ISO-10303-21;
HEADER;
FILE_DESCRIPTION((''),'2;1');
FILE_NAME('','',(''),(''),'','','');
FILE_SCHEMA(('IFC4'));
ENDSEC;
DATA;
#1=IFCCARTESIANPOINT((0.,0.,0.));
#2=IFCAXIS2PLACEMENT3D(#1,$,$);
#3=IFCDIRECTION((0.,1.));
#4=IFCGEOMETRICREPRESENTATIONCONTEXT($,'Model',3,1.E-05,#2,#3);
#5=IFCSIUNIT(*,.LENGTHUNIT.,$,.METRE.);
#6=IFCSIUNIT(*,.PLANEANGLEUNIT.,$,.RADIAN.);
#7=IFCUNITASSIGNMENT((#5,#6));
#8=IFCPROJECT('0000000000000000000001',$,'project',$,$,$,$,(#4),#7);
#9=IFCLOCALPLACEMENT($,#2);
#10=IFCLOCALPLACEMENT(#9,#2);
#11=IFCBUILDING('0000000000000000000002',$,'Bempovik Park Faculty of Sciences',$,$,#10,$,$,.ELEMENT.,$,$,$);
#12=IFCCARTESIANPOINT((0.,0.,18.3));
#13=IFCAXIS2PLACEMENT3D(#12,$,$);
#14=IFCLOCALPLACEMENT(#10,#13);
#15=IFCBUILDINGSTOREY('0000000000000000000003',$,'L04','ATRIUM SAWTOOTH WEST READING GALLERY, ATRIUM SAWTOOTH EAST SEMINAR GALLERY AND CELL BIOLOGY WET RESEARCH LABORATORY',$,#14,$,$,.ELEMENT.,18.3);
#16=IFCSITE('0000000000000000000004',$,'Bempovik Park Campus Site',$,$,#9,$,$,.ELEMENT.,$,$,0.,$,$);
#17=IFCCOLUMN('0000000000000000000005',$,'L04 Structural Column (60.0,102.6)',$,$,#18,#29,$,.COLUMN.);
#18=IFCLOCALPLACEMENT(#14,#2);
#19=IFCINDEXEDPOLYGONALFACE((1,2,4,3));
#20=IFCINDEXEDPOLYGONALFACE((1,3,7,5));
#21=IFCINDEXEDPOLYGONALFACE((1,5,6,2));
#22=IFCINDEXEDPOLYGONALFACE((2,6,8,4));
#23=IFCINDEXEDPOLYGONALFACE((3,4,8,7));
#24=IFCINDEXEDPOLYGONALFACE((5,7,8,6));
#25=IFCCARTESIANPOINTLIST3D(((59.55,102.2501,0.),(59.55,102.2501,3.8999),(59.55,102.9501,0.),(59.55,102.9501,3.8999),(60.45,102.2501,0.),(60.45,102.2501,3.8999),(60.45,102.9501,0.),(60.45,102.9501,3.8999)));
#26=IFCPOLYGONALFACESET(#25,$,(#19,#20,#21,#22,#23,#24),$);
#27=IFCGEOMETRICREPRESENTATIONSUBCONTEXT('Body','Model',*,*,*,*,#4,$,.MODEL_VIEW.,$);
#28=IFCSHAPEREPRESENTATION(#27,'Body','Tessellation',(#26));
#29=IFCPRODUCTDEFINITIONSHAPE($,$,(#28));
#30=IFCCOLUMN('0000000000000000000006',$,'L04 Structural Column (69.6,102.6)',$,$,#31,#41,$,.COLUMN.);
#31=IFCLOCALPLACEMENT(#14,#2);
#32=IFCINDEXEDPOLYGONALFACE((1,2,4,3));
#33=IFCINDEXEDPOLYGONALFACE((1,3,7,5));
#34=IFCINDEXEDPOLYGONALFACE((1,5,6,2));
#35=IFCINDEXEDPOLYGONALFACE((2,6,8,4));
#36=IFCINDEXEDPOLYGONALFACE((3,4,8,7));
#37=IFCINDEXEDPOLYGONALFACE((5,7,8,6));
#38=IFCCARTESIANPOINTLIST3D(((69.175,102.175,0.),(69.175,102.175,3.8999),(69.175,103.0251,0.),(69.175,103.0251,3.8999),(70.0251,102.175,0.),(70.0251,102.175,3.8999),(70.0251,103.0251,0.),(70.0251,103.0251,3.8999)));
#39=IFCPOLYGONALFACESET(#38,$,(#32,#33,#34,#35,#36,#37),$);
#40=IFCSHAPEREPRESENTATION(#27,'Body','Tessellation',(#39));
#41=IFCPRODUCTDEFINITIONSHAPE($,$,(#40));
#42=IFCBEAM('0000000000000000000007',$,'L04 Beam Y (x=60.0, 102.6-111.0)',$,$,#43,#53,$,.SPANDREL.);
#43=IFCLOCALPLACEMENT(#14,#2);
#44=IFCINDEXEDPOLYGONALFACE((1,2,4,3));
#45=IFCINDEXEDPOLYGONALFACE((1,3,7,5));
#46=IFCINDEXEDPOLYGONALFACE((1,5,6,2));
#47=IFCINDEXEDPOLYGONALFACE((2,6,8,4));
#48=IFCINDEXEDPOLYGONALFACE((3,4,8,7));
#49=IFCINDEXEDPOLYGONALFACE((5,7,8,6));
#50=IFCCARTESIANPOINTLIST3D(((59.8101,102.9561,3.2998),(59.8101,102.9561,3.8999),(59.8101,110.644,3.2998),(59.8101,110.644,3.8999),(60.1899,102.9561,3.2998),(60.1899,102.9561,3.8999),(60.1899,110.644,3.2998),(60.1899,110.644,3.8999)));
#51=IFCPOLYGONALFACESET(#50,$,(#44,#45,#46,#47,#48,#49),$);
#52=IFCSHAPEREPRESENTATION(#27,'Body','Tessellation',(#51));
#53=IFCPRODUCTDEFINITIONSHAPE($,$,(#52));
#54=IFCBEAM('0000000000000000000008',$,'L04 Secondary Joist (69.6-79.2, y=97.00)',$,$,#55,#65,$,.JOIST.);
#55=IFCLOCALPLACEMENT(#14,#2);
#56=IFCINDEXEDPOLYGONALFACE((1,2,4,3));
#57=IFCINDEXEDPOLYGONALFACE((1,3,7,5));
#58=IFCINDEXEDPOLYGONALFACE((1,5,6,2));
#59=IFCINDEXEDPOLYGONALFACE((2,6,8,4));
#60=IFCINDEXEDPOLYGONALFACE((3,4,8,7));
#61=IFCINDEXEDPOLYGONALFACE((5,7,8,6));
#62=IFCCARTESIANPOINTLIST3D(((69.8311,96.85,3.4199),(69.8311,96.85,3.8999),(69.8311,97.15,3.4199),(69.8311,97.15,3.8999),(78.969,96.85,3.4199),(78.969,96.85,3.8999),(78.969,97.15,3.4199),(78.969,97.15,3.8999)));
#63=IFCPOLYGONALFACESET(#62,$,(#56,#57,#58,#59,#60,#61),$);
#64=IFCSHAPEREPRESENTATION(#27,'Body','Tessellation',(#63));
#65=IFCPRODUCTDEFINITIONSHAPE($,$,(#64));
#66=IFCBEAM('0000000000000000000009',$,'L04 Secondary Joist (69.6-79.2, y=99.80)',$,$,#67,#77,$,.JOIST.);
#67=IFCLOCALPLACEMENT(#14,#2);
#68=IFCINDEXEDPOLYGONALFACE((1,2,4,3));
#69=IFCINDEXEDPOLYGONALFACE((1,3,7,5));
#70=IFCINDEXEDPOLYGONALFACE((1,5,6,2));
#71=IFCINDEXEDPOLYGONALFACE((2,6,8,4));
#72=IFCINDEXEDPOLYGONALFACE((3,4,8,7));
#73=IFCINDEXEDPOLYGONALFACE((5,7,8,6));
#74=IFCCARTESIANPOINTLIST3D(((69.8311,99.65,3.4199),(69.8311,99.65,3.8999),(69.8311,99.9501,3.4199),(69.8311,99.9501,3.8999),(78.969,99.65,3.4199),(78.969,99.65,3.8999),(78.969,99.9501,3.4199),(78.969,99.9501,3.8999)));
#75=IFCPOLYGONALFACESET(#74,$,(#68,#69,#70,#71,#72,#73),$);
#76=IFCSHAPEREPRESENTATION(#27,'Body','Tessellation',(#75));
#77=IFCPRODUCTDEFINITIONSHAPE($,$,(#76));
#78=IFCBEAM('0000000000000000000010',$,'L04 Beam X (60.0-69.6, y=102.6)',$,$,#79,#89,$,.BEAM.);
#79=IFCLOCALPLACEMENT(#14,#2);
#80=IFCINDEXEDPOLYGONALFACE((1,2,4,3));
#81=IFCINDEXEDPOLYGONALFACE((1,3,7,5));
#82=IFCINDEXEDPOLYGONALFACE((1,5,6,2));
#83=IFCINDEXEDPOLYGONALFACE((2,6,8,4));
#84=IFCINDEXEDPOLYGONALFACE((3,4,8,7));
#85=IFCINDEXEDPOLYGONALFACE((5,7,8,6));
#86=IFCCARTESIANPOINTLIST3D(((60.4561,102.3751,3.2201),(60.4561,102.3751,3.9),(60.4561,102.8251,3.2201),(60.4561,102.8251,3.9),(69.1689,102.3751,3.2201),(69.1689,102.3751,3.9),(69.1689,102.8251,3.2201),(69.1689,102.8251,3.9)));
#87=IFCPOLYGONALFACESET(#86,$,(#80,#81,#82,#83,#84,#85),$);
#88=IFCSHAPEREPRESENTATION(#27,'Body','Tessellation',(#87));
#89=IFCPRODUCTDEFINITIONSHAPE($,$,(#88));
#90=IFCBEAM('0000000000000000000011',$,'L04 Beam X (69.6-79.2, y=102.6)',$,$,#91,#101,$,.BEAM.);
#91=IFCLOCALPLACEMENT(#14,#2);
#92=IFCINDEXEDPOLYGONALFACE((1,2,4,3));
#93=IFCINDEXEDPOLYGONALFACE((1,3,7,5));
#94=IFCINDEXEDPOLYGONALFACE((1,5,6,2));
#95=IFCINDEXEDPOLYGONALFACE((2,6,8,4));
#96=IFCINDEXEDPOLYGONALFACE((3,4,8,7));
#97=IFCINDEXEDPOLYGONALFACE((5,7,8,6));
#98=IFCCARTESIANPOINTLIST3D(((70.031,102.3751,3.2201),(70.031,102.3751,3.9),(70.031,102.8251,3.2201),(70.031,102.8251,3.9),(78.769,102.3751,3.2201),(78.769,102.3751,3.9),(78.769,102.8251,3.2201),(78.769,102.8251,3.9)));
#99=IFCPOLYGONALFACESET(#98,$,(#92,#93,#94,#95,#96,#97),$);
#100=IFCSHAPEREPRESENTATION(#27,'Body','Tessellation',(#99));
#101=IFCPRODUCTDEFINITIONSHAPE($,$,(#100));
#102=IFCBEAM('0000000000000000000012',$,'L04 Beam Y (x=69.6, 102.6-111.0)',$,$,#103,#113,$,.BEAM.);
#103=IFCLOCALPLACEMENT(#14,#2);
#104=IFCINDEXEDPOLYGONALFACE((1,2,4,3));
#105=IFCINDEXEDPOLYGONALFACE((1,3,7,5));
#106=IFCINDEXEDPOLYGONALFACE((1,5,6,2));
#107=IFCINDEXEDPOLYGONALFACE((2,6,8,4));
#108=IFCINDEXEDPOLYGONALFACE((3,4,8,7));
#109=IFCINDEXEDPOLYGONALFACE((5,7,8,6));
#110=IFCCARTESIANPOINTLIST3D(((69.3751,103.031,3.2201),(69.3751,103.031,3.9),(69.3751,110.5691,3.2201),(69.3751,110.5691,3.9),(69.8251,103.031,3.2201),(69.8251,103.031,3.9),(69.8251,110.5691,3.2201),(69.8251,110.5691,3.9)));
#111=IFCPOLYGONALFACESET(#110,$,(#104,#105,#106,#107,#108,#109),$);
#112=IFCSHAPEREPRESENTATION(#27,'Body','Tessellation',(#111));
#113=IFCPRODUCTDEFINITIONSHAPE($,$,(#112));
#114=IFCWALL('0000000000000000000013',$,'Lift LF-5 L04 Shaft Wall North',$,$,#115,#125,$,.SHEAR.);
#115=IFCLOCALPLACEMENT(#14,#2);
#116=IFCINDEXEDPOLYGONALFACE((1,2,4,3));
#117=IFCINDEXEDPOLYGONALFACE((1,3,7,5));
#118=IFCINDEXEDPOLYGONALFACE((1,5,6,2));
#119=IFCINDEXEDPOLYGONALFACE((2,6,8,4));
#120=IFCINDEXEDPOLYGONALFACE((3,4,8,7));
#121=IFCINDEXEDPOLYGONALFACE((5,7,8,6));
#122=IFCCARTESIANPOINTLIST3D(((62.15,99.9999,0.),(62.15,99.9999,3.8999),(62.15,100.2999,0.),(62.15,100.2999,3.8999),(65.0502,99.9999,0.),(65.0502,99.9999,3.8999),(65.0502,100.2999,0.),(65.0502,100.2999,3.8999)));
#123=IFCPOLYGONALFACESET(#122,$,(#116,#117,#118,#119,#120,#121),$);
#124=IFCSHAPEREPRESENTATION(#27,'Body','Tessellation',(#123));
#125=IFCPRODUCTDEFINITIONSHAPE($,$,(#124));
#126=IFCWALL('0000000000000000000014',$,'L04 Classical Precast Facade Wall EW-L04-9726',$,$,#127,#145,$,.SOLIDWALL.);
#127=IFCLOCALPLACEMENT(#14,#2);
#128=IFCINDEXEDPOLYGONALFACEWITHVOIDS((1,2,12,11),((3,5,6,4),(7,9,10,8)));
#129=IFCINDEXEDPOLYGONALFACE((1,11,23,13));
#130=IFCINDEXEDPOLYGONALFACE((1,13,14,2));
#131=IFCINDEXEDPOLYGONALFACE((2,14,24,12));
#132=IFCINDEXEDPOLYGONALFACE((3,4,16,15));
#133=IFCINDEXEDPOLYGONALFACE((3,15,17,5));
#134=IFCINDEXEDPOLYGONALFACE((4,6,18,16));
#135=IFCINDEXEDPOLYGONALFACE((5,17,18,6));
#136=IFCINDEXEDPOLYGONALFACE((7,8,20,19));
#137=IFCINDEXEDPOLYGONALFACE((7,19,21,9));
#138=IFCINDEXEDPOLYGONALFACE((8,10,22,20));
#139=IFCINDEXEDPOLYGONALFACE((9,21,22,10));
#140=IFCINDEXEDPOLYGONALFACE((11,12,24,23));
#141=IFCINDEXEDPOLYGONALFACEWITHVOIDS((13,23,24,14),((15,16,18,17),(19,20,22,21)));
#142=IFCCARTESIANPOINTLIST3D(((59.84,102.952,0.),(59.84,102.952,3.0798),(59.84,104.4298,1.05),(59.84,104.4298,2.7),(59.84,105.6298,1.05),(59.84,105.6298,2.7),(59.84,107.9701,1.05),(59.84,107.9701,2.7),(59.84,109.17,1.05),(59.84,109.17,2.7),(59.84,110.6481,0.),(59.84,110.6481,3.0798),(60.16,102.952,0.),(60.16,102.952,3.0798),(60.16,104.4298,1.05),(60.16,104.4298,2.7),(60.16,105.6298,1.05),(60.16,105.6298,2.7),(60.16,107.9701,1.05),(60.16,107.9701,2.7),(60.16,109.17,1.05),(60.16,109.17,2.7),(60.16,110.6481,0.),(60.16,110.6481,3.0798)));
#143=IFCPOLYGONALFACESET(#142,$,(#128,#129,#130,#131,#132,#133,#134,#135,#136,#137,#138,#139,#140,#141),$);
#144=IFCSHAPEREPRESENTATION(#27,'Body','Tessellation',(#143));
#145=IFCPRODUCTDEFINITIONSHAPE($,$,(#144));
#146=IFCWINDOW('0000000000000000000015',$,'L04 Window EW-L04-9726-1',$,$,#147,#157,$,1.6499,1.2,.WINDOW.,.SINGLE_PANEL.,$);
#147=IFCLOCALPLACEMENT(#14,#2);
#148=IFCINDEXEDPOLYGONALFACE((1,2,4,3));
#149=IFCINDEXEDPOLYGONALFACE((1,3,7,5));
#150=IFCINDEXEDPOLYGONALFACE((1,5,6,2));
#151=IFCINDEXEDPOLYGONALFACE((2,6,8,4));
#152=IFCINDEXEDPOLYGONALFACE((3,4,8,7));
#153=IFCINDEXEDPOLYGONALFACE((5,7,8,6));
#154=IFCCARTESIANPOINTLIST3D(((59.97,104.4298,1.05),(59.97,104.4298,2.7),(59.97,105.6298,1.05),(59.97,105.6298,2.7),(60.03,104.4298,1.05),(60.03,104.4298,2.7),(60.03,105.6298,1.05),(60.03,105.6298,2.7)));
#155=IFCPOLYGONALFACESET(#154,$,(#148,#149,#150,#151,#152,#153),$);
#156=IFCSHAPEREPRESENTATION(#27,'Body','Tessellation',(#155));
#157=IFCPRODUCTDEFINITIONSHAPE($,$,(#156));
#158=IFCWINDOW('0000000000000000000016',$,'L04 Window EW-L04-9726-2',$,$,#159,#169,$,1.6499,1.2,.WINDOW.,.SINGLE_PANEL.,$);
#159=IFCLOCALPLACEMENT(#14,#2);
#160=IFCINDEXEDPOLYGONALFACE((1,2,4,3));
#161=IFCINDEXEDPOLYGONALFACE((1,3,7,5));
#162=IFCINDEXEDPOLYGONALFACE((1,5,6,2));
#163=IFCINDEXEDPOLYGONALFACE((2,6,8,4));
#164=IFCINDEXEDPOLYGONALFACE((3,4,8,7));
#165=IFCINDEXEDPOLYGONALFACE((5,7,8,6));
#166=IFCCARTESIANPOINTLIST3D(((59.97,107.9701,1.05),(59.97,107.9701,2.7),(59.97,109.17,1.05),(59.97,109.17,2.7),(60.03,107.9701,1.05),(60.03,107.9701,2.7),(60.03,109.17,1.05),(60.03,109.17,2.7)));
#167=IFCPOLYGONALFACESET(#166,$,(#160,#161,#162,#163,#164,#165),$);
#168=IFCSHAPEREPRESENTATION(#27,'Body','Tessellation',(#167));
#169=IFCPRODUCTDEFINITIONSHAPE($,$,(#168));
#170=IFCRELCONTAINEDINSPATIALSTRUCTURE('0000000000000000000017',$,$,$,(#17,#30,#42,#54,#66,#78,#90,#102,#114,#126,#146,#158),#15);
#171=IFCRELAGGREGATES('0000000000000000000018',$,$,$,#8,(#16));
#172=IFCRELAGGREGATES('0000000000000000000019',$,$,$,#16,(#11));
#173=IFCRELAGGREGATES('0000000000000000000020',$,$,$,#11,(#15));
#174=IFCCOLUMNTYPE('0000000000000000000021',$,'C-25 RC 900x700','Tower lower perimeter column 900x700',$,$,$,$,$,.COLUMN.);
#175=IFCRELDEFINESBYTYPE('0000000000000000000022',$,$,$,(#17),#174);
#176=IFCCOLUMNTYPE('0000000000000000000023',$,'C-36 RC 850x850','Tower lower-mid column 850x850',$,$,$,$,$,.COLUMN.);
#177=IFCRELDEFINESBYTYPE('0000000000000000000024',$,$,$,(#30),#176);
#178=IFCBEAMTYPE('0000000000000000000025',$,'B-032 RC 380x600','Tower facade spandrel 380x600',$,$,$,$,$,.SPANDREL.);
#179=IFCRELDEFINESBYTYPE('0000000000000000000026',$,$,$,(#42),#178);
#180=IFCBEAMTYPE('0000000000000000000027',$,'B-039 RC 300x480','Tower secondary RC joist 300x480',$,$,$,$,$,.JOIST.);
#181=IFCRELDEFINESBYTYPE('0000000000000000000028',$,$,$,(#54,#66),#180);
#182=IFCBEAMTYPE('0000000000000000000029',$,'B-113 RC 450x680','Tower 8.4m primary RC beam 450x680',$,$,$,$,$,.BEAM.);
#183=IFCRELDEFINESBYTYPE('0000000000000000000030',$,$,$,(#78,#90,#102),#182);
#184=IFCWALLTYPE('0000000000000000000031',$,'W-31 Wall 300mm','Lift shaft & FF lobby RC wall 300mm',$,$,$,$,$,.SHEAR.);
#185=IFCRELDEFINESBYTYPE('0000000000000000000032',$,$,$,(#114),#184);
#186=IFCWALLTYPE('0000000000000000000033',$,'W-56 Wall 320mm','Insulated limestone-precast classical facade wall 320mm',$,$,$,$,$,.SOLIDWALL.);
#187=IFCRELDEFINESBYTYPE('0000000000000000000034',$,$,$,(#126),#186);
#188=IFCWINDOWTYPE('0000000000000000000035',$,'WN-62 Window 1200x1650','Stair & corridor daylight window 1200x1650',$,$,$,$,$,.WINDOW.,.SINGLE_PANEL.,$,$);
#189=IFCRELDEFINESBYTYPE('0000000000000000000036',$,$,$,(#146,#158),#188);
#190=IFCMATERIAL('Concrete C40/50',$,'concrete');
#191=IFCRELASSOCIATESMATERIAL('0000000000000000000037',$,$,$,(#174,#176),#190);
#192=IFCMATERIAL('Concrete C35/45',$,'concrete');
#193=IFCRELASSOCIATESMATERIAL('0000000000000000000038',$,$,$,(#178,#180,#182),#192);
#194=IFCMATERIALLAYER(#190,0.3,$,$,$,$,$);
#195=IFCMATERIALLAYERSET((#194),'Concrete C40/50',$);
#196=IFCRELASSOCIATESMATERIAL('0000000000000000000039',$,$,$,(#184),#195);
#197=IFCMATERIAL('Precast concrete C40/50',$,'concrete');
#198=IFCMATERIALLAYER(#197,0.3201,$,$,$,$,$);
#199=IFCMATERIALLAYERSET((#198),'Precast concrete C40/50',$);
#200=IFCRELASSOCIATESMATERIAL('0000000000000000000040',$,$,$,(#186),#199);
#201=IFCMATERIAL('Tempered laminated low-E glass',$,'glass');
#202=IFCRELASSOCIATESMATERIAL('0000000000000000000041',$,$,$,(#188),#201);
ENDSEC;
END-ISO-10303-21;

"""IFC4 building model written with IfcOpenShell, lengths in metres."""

from ifc_helpers import new_model, si_unit, direction, frame, frame_2d, origin, origin_2d, place, context, subcontext, project, spatial, rectangle, extrude, material, layer, layer_set, material_profile, profile_set, type_object, element, fill, save


model = new_model("IFC4")

# Units and contexts
model_context = context("Model", 3, precision=1e-05, world=origin(), true_north=direction((0.0, 1.0)))
body_context = subcontext(model_context, "Body", "Model", "MODEL_VIEW")
ifc_project = project(units=[si_unit("LENGTHUNIT", "METRE"), si_unit("PLANEANGLEUNIT", "RADIAN")], contexts=[model_context])

# Site, building, storey
site_placement = place(None, origin())
site = spatial("IfcSite", under=ifc_project, at=site_placement, Name="Bempovik Park Campus Site", CompositionType="ELEMENT", RefElevation=0.0)
building_placement = place(site_placement, origin())
building = spatial("IfcBuilding", under=site, at=building_placement, Name="Bempovik Park Faculty of Sciences", CompositionType="ELEMENT")
storey_placement = place(building_placement, frame((0.0, 0.0, 18.3)))
storey = spatial("IfcBuildingStorey", under=building, at=storey_placement, Name="L04", Description="ATRIUM SAWTOOTH WEST READING GALLERY, ATRIUM SAWTOOTH EAST SEMINAR GALLERY AND CELL BIOLOGY WET RESEARCH LABORATORY", CompositionType="ELEMENT", Elevation=18.3)

# Columns
ifc_material_1 = material(Name="Concrete C40/50", Category="concrete")
ifc_material_profile_1 = material_profile(ifc_material_1, rectangle(XDim=0.8999, YDim=0.7, at=origin_2d()), Name="RC 900x700")
ifc_profile_set_1 = profile_set([ifc_material_profile_1], Name="Concrete C40/50")
column_type_1 = type_object("IfcColumnType", Name="C-25 RC 900x700", Description="Tower lower perimeter column 900x700", PredefinedType="COLUMN", material=ifc_profile_set_1)
column_1_placement = place(storey_placement, frame((60.0, 102.6001, 0.0), z_axis=(0.0, 0.0, 1.0), x_axis=(1.0, 0.0, 0.0)))
element("IfcColumn", 1, at=column_1_placement, inside=storey, type_object=column_type_1, Name="L04 Structural Column (60.0,102.6)", PredefinedType="COLUMN", context=body_context, shape_type="SweptSolid", body=[
    extrude(rectangle(XDim=0.8999, YDim=0.7, at=origin_2d()), origin(), (0.0, 0.0, 1.0), 3.8999),
])
ifc_material_profile_2 = material_profile(ifc_material_1, rectangle(XDim=0.8501, YDim=0.8501, at=origin_2d()), Name="RC 850x850")
ifc_profile_set_2 = profile_set([ifc_material_profile_2], Name="Concrete C40/50")
column_type_2 = type_object("IfcColumnType", Name="C-36 RC 850x850", Description="Tower lower-mid column 850x850", PredefinedType="COLUMN", material=ifc_profile_set_2)
column_2_placement = place(storey_placement, frame((69.6001, 102.6001, 0.0), z_axis=(0.0, 0.0, 1.0), x_axis=(1.0, 0.0, 0.0)))
element("IfcColumn", 2, at=column_2_placement, inside=storey, type_object=column_type_2, Name="L04 Structural Column (69.6,102.6)", PredefinedType="COLUMN", context=body_context, shape_type="SweptSolid", body=[
    extrude(rectangle(XDim=0.8501, YDim=0.8501, at=origin_2d()), origin(), (0.0, 0.0, 1.0), 3.8999),
])

# Beams
ifc_material_2 = material(Name="Concrete C35/45", Category="concrete")
ifc_material_profile_3 = material_profile(ifc_material_2, rectangle(XDim=0.3799, YDim=0.6001, at=origin_2d()), Name="RC 380x600")
ifc_profile_set_3 = profile_set([ifc_material_profile_3], Name="Concrete C35/45")
beam_type_1 = type_object("IfcBeamType", Name="B-032 RC 380x600", Description="Tower facade spandrel 380x600", PredefinedType="SPANDREL", material=ifc_profile_set_3)
beam_1_placement = place(storey_placement, frame((60.0, 102.9561, 3.5999), z_axis=(0.0, 1.0, 0.0), x_axis=(-1.0, 0.0, 0.0)))
element("IfcBeam", 3, at=beam_1_placement, inside=storey, type_object=beam_type_1, Name="L04 Beam Y (x=60.0, 102.6-111.0)", PredefinedType="SPANDREL", context=body_context, shape_type="SweptSolid", body=[
    extrude(rectangle(XDim=0.3799, YDim=0.6001, at=origin_2d()), origin(), (0.0, 0.0, 1.0), 7.688),
])
ifc_material_profile_4 = material_profile(ifc_material_2, rectangle(XDim=0.3, YDim=0.48, at=origin_2d()), Name="RC 300x480")
ifc_profile_set_4 = profile_set([ifc_material_profile_4], Name="Concrete C35/45")
beam_type_2 = type_object("IfcBeamType", Name="B-039 RC 300x480", Description="Tower secondary RC joist 300x480", PredefinedType="JOIST", material=ifc_profile_set_4)
for number, where, z_axis, x_axis, name in (
    (4, (69.8311, 97.0, 3.6599), (1.0, 0.0, 0.0), (0.0, 1.0, 0.0), "L04 Secondary Joist (69.6-79.2, y=97.00)"),
    (5, (69.8311, 99.8, 3.6599), (1.0, 0.0, 0.0), (0.0, 1.0, 0.0), "L04 Secondary Joist (69.6-79.2, y=99.80)"),
):
    element("IfcBeam", number, at=place(storey_placement, frame(where, z_axis=z_axis, x_axis=x_axis)), inside=storey, type_object=beam_type_2, Name=name, PredefinedType="JOIST", context=body_context, shape_type="SweptSolid", body=[
        extrude(rectangle(XDim=0.3, YDim=0.48, at=origin_2d()), origin(), (0.0, 0.0, 1.0), 9.1379),
    ])
ifc_material_profile_5 = material_profile(ifc_material_2, rectangle(XDim=0.45, YDim=0.6799, at=origin_2d()), Name="RC 450x680")
ifc_profile_set_5 = profile_set([ifc_material_profile_5], Name="Concrete C35/45")
beam_type_3 = type_object("IfcBeamType", Name="B-113 RC 450x680", Description="Tower 8.4m primary RC beam 450x680", PredefinedType="BEAM", material=ifc_profile_set_5)
beam_2_placement = place(storey_placement, frame((60.4561, 102.6001, 3.5601), z_axis=(1.0, 0.0, 0.0), x_axis=(0.0, 1.0, 0.0)))
element("IfcBeam", 6, at=beam_2_placement, inside=storey, type_object=beam_type_3, Name="L04 Beam X (60.0-69.6, y=102.6)", PredefinedType="BEAM", context=body_context, shape_type="SweptSolid", body=[
    extrude(rectangle(XDim=0.45, YDim=0.6799, at=origin_2d()), origin(), (0.0, 0.0, 1.0), 8.7129),
])
beam_3_placement = place(storey_placement, frame((70.031, 102.6001, 3.5601), z_axis=(1.0, 0.0, 0.0), x_axis=(0.0, 1.0, 0.0)))
element("IfcBeam", 7, at=beam_3_placement, inside=storey, type_object=beam_type_3, Name="L04 Beam X (69.6-79.2, y=102.6)", PredefinedType="BEAM", context=body_context, shape_type="SweptSolid", body=[
    extrude(rectangle(XDim=0.45, YDim=0.6799, at=origin_2d()), origin(), (0.0, 0.0, 1.0), 8.738),
])
beam_4_placement = place(storey_placement, frame((69.6001, 103.031, 3.5601), z_axis=(0.0, 1.0, 0.0), x_axis=(-1.0, 0.0, 0.0)))
element("IfcBeam", 8, at=beam_4_placement, inside=storey, type_object=beam_type_3, Name="L04 Beam Y (x=69.6, 102.6-111.0)", PredefinedType="BEAM", context=body_context, shape_type="SweptSolid", body=[
    extrude(rectangle(XDim=0.45, YDim=0.6799, at=origin_2d()), origin(), (0.0, 0.0, 1.0), 7.5381),
])

# Wall
ifc_layer_1 = layer(ifc_material_1, 0.3)
ifc_layer_set_1 = layer_set([ifc_layer_1], Name="Concrete C40/50")
wall_type_1 = type_object("IfcWallType", Name="W-31 Wall 300mm", Description="Lift shaft & FF lobby RC wall 300mm", PredefinedType="SHEAR", material=ifc_layer_set_1)
wall_1_placement = place(storey_placement, frame((62.1499, 100.1499, 0.0), z_axis=(0.0, 0.0, 1.0), x_axis=(1.0, 0.0, 0.0)))
element("IfcWall", 9, at=wall_1_placement, inside=storey, type_object=wall_type_1, Name="Lift LF-5 L04 Shaft Wall North", PredefinedType="SHEAR", context=body_context, shape_type="SweptSolid", body=[
    extrude(rectangle(XDim=2.9001, YDim=0.3, at=frame_2d((1.4502, 0.0))), origin(), (0.0, 0.0, 1.0), 3.8999),
])

# Wall, openings, windows
ifc_material_3 = material(Name="Precast concrete C40/50", Category="concrete")
ifc_layer_2 = layer(ifc_material_3, 0.3201)
ifc_layer_set_2 = layer_set([ifc_layer_2], Name="Precast concrete C40/50")
wall_type_2 = type_object("IfcWallType", Name="W-56 Wall 320mm", Description="Insulated limestone-precast classical facade wall 320mm", PredefinedType="SOLIDWALL", material=ifc_layer_set_2)
wall_2_placement = place(storey_placement, frame((60.0, 102.9519, 0.0), z_axis=(0.0, 0.0, 1.0), x_axis=(0.0, 1.0, 0.0)))
wall_2 = element("IfcWall", 10, at=wall_2_placement, inside=storey, type_object=wall_type_2, Name="L04 Classical Precast Facade Wall EW-L04-9726", PredefinedType="SOLIDWALL", context=body_context, shape_type="SweptSolid", body=[
    extrude(rectangle(XDim=7.696, YDim=0.3201, at=frame_2d((3.8481, 0.0))), origin(), (0.0, 0.0, 1.0), 3.0798),
])
opening_1_placement = place(wall_2_placement, frame((1.4778, 0.0, 1.05)))
opening_1 = element("IfcOpeningElement", 11, at=opening_1_placement, cuts=wall_2, PredefinedType="OPENING", context=body_context, shape_type="SweptSolid", body=[
    extrude(rectangle(XDim=1.2, YDim=1.6499, at=frame_2d((0.6001, 0.825))), frame((0.0, 0.1699, 0.0), z_axis=(0.0, -1.0, 0.0), x_axis=(1.0, 0.0, 0.0)), (0.0, 0.0, 1.0), 0.3401),
])
opening_2_placement = place(wall_2_placement, frame((5.0181, 0.0, 1.05)))
opening_2 = element("IfcOpeningElement", 12, at=opening_2_placement, cuts=wall_2, PredefinedType="OPENING", context=body_context, shape_type="SweptSolid", body=[
    extrude(rectangle(XDim=1.2, YDim=1.6499, at=frame_2d((0.6001, 0.825))), frame((0.0, 0.1699, 0.0), z_axis=(0.0, -1.0, 0.0), x_axis=(1.0, 0.0, 0.0)), (0.0, 0.0, 1.0), 0.3401),
])
ifc_material_4 = material(Name="Tempered laminated low-E glass", Category="glass")
window_type = type_object("IfcWindowType", Name="WN-62 Window 1200x1650", Description="Stair & corridor daylight window 1200x1650", PartitioningType="SINGLE_PANEL", PredefinedType="WINDOW", material=ifc_material_4)
window_1_placement = place(opening_1_placement, origin())
window_1 = element("IfcWindow", 13, at=window_1_placement, inside=storey, type_object=window_type, Name="L04 Window EW-L04-9726-1", OverallHeight=1.6499, OverallWidth=1.2, PartitioningType="SINGLE_PANEL", PredefinedType="WINDOW", context=body_context, shape_type="SweptSolid", body=[
    extrude(rectangle(XDim=1.2, YDim=1.6499, at=frame_2d((0.6001, 0.825))), frame((0.0, 0.03, 0.0), z_axis=(0.0, -1.0, 0.0), x_axis=(1.0, 0.0, 0.0)), (0.0, 0.0, 1.0), 0.0601),
])
fill(opening_1, window_1)
window_2_placement = place(opening_2_placement, origin())
window_2 = element("IfcWindow", 14, at=window_2_placement, inside=storey, type_object=window_type, Name="L04 Window EW-L04-9726-2", OverallHeight=1.6499, OverallWidth=1.2, PartitioningType="SINGLE_PANEL", PredefinedType="WINDOW", context=body_context, shape_type="SweptSolid", body=[
    extrude(rectangle(XDim=1.2, YDim=1.6499, at=frame_2d((0.6001, 0.825))), frame((0.0, 0.03, 0.0), z_axis=(0.0, -1.0, 0.0), x_axis=(1.0, 0.0, 0.0)), (0.0, 0.0, 1.0), 0.0601),
])
fill(opening_2, window_2)

save(model, "model.ifc")
